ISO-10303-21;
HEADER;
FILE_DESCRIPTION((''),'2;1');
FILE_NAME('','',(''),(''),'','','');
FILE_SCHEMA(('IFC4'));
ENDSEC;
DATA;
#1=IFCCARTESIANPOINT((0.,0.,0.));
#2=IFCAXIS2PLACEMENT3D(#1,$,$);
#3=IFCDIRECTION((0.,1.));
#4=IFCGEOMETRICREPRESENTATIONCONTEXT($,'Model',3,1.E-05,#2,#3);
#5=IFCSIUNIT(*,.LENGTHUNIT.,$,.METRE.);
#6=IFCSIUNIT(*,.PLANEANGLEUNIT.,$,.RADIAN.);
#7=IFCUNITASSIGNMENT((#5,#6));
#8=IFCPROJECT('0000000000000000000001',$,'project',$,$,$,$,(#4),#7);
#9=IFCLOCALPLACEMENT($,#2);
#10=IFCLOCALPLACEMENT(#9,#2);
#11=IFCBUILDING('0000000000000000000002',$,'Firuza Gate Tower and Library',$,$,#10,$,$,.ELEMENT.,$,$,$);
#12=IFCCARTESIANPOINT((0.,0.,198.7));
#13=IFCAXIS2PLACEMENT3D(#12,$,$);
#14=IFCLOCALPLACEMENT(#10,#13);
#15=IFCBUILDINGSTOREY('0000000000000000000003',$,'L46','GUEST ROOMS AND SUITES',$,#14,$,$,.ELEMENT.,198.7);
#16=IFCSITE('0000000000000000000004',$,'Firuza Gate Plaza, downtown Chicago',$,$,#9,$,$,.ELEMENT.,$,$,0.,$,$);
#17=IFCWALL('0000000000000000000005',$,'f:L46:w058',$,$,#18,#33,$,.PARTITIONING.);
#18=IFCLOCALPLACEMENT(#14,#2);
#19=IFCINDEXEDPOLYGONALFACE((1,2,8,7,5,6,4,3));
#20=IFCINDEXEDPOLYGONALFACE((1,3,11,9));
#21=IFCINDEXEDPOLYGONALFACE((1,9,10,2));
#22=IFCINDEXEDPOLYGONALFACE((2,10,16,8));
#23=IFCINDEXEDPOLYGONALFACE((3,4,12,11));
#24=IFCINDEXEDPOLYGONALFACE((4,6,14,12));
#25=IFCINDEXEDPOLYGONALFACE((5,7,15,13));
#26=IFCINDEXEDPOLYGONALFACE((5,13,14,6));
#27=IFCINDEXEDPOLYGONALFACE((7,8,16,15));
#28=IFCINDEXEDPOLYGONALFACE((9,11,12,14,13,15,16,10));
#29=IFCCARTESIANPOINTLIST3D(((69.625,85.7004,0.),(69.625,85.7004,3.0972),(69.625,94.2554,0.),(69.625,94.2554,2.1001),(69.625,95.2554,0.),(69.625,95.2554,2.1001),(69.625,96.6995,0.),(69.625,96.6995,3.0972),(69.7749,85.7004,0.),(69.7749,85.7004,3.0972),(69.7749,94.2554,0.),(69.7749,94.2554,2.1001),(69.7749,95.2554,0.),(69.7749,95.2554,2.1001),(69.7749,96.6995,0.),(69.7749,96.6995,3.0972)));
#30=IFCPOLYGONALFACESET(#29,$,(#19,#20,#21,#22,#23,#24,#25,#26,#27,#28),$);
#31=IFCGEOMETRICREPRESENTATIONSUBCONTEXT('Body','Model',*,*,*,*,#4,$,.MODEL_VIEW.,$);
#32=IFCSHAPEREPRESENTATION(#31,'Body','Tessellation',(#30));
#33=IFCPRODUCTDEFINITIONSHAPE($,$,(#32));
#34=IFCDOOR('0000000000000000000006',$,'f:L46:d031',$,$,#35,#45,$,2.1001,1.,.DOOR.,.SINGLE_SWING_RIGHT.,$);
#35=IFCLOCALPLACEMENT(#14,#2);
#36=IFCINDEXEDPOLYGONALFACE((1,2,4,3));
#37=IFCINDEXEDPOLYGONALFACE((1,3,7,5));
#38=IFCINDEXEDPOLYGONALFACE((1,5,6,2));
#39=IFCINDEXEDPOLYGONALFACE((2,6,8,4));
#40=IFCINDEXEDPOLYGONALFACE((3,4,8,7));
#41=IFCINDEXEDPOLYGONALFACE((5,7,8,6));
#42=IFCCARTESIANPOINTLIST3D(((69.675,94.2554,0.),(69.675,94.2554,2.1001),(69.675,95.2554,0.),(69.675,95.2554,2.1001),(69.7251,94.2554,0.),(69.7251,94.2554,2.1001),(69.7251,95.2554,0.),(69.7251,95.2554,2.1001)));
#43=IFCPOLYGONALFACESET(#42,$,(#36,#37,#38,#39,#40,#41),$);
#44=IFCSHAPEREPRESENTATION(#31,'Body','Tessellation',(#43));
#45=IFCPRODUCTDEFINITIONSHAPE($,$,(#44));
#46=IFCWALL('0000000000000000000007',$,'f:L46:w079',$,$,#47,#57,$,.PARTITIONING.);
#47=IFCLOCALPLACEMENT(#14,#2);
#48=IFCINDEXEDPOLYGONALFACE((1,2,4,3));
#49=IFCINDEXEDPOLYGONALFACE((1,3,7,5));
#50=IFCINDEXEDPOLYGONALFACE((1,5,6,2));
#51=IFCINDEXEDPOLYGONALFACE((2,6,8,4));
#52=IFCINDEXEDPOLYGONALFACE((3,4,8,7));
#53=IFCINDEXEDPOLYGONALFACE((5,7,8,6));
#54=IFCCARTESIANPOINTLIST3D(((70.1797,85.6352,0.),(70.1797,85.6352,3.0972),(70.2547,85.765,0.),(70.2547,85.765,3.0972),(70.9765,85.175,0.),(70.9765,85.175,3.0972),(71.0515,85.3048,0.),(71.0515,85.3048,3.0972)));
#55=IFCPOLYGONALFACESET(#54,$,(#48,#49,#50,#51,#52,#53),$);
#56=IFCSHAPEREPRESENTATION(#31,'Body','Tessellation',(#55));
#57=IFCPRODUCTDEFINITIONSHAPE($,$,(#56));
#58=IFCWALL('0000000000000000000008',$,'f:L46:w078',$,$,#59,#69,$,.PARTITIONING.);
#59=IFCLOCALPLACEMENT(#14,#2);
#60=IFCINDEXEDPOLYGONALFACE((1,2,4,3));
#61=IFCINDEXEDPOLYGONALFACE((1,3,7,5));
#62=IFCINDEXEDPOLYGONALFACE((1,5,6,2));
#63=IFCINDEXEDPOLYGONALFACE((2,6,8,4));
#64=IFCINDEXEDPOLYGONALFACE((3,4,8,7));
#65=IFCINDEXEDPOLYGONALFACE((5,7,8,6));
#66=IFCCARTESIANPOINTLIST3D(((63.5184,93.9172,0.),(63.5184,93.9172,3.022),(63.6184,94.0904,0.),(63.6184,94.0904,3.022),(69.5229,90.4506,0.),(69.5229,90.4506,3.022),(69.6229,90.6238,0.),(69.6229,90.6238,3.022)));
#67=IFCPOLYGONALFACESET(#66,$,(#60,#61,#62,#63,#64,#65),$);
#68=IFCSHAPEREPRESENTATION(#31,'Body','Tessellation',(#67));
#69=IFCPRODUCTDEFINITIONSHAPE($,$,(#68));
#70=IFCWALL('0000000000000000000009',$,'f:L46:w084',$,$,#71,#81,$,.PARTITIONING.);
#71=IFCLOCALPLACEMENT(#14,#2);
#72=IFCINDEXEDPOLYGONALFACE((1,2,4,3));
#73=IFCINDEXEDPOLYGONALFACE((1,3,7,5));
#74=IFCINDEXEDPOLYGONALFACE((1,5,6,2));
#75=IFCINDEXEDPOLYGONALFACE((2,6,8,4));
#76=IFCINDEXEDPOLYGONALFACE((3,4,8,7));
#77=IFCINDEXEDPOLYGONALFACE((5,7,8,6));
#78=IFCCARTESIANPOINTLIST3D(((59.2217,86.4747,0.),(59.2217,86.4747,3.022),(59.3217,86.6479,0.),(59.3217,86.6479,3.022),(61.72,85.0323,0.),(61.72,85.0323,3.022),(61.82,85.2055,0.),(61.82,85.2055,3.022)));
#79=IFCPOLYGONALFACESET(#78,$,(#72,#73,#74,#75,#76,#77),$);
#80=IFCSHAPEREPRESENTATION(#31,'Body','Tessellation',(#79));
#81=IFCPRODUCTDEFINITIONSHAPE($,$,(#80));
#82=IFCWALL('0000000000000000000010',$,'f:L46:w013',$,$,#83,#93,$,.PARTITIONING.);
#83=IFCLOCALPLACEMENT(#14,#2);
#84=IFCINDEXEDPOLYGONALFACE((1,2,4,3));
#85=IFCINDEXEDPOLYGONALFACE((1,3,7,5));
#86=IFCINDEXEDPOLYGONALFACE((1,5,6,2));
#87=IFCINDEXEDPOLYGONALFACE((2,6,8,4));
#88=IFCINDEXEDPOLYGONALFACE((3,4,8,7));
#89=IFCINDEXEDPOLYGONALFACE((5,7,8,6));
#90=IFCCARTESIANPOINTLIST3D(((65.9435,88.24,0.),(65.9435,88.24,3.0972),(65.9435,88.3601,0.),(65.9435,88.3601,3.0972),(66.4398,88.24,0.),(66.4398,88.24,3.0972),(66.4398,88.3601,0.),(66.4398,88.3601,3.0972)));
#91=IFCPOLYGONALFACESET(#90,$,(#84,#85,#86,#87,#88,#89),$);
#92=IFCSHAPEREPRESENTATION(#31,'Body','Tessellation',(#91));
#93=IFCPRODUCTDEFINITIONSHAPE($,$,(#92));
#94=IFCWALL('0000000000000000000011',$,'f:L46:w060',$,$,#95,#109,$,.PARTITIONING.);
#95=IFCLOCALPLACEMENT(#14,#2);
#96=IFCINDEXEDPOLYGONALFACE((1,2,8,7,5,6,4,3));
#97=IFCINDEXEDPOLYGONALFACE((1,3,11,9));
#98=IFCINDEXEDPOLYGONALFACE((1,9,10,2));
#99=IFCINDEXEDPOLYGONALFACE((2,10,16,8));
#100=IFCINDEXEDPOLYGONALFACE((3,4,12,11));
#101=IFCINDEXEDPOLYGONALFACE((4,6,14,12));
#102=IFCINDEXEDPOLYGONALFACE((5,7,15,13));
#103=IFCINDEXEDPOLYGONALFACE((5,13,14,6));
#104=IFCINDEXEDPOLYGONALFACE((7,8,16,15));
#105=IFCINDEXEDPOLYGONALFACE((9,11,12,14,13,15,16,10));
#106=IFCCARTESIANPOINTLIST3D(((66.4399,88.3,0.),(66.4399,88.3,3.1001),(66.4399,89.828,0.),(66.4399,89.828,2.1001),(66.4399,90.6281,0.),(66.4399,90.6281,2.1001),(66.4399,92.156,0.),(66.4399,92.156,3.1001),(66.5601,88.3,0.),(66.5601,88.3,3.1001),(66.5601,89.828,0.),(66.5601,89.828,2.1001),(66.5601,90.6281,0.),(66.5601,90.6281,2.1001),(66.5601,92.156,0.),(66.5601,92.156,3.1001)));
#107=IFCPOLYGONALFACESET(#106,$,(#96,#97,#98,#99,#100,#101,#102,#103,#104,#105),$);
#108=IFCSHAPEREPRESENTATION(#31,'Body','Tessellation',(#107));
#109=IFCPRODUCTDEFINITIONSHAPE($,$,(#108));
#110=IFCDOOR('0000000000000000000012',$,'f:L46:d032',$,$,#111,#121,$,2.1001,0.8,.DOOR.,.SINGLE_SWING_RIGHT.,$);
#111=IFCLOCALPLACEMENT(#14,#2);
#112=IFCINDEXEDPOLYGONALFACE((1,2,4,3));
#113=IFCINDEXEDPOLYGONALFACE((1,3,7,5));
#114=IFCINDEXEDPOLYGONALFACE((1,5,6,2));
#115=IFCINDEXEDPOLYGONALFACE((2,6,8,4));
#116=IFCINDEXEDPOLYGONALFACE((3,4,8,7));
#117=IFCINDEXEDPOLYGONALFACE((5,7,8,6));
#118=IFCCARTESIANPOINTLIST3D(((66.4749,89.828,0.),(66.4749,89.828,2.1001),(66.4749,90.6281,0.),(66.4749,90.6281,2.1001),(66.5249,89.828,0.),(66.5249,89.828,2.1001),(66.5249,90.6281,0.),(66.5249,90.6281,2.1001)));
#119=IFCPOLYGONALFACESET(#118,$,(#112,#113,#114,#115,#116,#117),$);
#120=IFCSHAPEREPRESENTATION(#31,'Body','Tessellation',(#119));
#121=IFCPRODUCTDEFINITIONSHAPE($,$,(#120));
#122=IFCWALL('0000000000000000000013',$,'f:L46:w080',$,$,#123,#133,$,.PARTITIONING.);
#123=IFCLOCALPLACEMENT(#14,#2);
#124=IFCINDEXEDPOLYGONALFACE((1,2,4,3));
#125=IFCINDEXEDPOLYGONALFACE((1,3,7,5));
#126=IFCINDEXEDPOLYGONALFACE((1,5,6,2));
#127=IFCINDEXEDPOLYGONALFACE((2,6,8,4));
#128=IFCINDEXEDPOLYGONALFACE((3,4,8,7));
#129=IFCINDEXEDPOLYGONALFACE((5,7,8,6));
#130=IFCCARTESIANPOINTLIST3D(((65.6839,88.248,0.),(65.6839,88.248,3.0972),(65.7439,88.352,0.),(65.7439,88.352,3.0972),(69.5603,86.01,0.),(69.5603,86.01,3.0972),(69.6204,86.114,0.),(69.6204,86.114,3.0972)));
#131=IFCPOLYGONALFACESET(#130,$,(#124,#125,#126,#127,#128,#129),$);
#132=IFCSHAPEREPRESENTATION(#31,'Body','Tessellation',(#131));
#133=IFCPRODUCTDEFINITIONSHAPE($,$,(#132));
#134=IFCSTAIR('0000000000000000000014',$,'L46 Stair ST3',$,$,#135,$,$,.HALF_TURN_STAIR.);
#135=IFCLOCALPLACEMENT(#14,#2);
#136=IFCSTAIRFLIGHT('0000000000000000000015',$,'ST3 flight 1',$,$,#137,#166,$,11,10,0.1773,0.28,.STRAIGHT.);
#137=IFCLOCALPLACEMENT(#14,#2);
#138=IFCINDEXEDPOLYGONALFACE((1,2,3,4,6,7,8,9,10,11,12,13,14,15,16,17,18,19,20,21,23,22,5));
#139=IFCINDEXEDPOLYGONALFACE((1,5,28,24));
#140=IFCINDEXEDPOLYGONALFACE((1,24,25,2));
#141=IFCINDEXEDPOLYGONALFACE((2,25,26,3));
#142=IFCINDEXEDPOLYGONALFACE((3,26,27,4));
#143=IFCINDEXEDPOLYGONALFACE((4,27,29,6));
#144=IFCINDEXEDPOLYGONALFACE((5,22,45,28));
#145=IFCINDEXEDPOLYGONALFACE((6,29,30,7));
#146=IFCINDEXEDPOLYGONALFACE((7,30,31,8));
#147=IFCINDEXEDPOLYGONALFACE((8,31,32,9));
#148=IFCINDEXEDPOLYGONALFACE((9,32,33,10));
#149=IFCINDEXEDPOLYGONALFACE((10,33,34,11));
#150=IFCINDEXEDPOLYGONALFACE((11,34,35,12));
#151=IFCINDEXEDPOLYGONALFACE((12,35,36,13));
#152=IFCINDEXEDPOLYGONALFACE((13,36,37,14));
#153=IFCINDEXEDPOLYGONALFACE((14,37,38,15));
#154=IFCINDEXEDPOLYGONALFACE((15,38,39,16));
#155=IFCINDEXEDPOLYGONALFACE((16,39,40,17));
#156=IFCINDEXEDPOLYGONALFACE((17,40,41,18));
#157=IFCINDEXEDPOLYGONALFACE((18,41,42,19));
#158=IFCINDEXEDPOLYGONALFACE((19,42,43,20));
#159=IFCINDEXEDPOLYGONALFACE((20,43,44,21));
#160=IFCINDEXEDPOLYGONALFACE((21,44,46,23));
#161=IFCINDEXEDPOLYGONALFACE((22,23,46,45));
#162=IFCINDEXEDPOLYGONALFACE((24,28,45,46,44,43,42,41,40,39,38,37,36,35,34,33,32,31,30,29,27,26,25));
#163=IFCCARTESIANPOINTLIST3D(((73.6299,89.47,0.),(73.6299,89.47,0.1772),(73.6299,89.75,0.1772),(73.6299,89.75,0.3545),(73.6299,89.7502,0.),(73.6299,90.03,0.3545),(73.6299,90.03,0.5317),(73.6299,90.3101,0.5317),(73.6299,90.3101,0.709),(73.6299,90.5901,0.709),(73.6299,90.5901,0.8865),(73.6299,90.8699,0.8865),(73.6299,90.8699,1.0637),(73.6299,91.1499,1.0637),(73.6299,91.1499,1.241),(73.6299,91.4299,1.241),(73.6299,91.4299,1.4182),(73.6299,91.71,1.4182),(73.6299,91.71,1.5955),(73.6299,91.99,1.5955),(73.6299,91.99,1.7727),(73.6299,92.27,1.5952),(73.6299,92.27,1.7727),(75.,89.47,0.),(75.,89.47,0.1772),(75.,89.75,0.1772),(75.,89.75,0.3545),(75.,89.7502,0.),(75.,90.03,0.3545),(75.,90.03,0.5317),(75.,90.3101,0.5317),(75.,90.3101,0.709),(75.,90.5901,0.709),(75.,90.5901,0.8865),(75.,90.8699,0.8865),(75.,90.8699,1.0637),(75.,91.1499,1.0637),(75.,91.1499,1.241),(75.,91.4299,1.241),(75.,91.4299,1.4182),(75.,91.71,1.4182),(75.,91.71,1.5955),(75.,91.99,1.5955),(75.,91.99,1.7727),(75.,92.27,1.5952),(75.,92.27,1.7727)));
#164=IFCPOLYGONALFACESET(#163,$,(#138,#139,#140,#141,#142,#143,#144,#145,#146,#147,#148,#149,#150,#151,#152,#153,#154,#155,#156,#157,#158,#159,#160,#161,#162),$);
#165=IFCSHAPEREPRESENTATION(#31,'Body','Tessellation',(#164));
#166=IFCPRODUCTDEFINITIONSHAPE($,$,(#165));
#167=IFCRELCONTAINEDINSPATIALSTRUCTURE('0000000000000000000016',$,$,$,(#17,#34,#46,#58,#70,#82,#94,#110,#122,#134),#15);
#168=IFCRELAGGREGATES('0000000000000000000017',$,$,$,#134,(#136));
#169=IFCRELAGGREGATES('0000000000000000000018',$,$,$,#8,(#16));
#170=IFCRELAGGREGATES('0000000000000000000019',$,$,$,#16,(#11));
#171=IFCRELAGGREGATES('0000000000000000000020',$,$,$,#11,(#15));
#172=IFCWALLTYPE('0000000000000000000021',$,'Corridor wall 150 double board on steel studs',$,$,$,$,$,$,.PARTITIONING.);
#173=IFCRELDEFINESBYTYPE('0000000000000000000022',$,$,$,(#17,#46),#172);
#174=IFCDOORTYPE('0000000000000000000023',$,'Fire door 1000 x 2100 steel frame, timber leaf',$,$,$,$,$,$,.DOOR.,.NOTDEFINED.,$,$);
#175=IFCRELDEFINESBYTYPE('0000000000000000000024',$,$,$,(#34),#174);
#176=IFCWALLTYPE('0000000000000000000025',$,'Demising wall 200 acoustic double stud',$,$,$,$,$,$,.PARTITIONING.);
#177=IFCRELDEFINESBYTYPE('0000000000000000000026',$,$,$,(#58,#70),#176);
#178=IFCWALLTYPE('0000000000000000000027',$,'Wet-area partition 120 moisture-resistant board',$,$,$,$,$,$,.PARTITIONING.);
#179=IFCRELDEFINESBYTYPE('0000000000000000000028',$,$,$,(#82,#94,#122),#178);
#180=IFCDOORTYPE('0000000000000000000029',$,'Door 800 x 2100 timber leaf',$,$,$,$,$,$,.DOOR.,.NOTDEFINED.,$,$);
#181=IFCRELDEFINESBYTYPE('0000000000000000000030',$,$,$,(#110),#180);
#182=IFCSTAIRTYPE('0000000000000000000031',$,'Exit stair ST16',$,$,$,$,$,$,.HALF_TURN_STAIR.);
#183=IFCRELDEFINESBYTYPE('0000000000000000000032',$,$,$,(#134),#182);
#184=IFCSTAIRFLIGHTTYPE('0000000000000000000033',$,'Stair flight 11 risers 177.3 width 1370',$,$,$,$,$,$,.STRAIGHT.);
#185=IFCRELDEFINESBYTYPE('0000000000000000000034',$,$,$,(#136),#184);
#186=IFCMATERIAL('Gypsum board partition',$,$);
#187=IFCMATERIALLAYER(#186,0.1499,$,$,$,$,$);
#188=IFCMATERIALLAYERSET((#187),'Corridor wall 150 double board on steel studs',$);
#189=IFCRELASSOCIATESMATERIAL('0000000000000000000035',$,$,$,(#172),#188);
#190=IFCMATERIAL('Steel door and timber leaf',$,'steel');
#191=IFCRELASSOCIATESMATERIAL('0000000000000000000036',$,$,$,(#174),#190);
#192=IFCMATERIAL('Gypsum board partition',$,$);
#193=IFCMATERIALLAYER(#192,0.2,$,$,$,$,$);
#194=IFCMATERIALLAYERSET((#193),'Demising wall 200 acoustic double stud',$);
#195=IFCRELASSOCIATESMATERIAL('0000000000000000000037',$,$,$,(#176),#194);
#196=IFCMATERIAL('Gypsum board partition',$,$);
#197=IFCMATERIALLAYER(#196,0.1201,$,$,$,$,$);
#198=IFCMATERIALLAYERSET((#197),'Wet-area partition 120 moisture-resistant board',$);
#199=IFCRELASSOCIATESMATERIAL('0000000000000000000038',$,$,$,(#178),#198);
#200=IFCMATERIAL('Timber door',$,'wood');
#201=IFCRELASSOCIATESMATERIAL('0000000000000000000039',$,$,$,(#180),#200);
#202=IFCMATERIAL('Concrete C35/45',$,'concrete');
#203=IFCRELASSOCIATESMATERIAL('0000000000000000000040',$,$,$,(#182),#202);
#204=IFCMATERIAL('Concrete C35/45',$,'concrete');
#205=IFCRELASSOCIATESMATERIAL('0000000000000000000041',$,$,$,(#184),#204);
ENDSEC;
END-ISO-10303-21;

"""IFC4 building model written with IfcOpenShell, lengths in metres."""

from ifc_helpers import new_model, si_unit, direction, frame, frame_2d, origin, place, context, subcontext, project, spatial, polyline, rectangle, outline, extrude, material, layer, layer_set, type_object, element, fill, aggregate, save


model = new_model("IFC4")

# Units and contexts
model_context = context("Model", 3, precision=1e-05, world=origin(), true_north=direction((0.0, 1.0)))
body_context = subcontext(model_context, "Body", "Model", "MODEL_VIEW")
ifc_project = project(units=[si_unit("LENGTHUNIT", "METRE"), si_unit("PLANEANGLEUNIT", "RADIAN")], contexts=[model_context])

# Site, building, storey
site_placement = place(None, origin())
site = spatial("IfcSite", under=ifc_project, at=site_placement, Name="Firuza Gate Plaza, downtown Chicago", CompositionType="ELEMENT", RefElevation=0.0)
building_placement = place(site_placement, origin())
building = spatial("IfcBuilding", under=site, at=building_placement, Name="Firuza Gate Tower and Library", CompositionType="ELEMENT")
storey_placement = place(building_placement, frame((0.0, 0.0, 198.7)))
storey = spatial("IfcBuildingStorey", under=building, at=storey_placement, Name="L46", Description="GUEST ROOMS AND SUITES", CompositionType="ELEMENT", Elevation=198.7)

# Shared definitions
ifc_material_1 = material(Name="Gypsum board partition")
ifc_layer_1 = layer(ifc_material_1, 0.1499)
ifc_layer_set_1 = layer_set([ifc_layer_1], Name="Corridor wall 150 double board on steel studs")
wall_type_1 = type_object("IfcWallType", Name="Corridor wall 150 double board on steel studs", PredefinedType="PARTITIONING", material=ifc_layer_set_1)
ifc_material_2 = material(Name="Steel door and timber leaf", Category="steel")
door_type_1 = type_object("IfcDoorType", Name="Fire door 1000 x 2100 steel frame, timber leaf", OperationType="NOTDEFINED", PredefinedType="DOOR", material=ifc_material_2)

# Wall, opening, door
wall_1_placement = place(storey_placement, frame((69.7, 85.7004, 0.0), z_axis=(0.0, 0.0, 1.0), x_axis=(0.0, 1.0, 0.0)))
wall_1 = element("IfcWall", 1, at=wall_1_placement, inside=storey, type_object=wall_type_1, Name="f:L46:w058", PredefinedType="PARTITIONING", context=body_context, shape_type="SweptSolid", body=[
    extrude(rectangle(XDim=10.999, YDim=0.1499, at=frame_2d((5.4995, 0.0))), origin(), (0.0, 0.0, 1.0), 3.0972),
])
opening_1_placement = place(wall_1_placement, frame((8.5549, 0.0, 0.0)))
opening_1 = element("IfcOpeningElement", 2, at=opening_1_placement, cuts=wall_1, PredefinedType="OPENING", context=body_context, shape_type="SweptSolid", body=[
    extrude(rectangle(XDim=1.0, YDim=2.1001, at=frame_2d((0.5, 1.05))), frame((0.0, 0.085, 0.0), z_axis=(0.0, -1.0, 0.0), x_axis=(1.0, 0.0, 0.0)), (0.0, 0.0, 1.0), 0.1699),
])
door_1_placement = place(opening_1_placement, origin())
door_1 = element("IfcDoor", 3, at=door_1_placement, inside=storey, type_object=door_type_1, Name="f:L46:d031", OperationType="SINGLE_SWING_RIGHT", OverallHeight=2.1001, OverallWidth=1.0, PredefinedType="DOOR", context=body_context, shape_type="SweptSolid", body=[
    extrude(rectangle(XDim=1.0, YDim=2.1001, at=frame_2d((0.5, 1.05))), frame((0.0, 0.0249, 0.0), z_axis=(0.0, -1.0, 0.0), x_axis=(1.0, 0.0, 0.0)), (0.0, 0.0, 1.0), 0.05),
])
fill(opening_1, door_1)

# Walls
wall_2_placement = place(storey_placement, frame((71.0139, 85.24, 0.0), z_axis=(0.0, 0.0, 1.0), x_axis=(-0.865965, 0.500105, 0.0)))
element("IfcWall", 4, at=wall_2_placement, inside=storey, type_object=wall_type_1, Name="f:L46:w079", PredefinedType="PARTITIONING", context=body_context, shape_type="SweptSolid", body=[
    extrude(rectangle(XDim=0.9202, YDim=0.1499, at=frame_2d((0.46, 0.0))), origin(), (0.0, 0.0, 1.0), 3.0972),
])
ifc_material_3 = material(Name="Gypsum board partition")
ifc_layer_2 = layer(ifc_material_3, 0.2)
ifc_layer_set_2 = layer_set([ifc_layer_2], Name="Demising wall 200 acoustic double stud")
wall_type_2 = type_object("IfcWallType", Name="Demising wall 200 acoustic double stud", PredefinedType="PARTITIONING", material=ifc_layer_set_2)
wall_3_placement = place(storey_placement, frame((69.573, 90.5371, 0.0), z_axis=(0.0, 0.0, 1.0), x_axis=(-0.866031, 0.499991, 0.0)))
element("IfcWall", 5, at=wall_3_placement, inside=storey, type_object=wall_type_2, Name="f:L46:w078", PredefinedType="PARTITIONING", context=body_context, shape_type="SweptSolid", body=[
    extrude(rectangle(XDim=6.9333, YDim=0.2, at=frame_2d((3.4668, 0.0))), origin(), (0.0, 0.0, 1.0), 3.022),
])
wall_4_placement = place(storey_placement, frame((61.77, 85.1189, 0.0), z_axis=(0.0, 0.0, 1.0), x_axis=(-0.866026, 0.499998, 0.0)))
element("IfcWall", 6, at=wall_4_placement, inside=storey, type_object=wall_type_2, Name="f:L46:w084", PredefinedType="PARTITIONING", context=body_context, shape_type="SweptSolid", body=[
    extrude(rectangle(XDim=2.8848, YDim=0.2, at=frame_2d((1.4424, 0.0))), origin(), (0.0, 0.0, 1.0), 3.022),
])
ifc_material_4 = material(Name="Gypsum board partition")
ifc_layer_3 = layer(ifc_material_4, 0.1201)
ifc_layer_set_3 = layer_set([ifc_layer_3], Name="Wet-area partition 120 moisture-resistant board")
wall_type_3 = type_object("IfcWallType", Name="Wet-area partition 120 moisture-resistant board", PredefinedType="PARTITIONING", material=ifc_layer_set_3)
wall_5_placement = place(storey_placement, frame((65.9436, 88.3, 0.0), z_axis=(0.0, 0.0, 1.0), x_axis=(1.0, 0.0, 0.0)))
element("IfcWall", 7, at=wall_5_placement, inside=storey, type_object=wall_type_3, Name="f:L46:w013", PredefinedType="PARTITIONING", context=body_context, shape_type="SweptSolid", body=[
    extrude(rectangle(XDim=0.4963, YDim=0.1201, at=frame_2d((0.248, 0.0))), origin(), (0.0, 0.0, 1.0), 3.0972),
])

# Wall, opening, door
wall_6_placement = place(storey_placement, frame((66.5, 92.156, 0.0), z_axis=(0.0, 0.0, 1.0), x_axis=(0.0, -1.0, 0.0)))
wall_6 = element("IfcWall", 8, at=wall_6_placement, inside=storey, type_object=wall_type_3, Name="f:L46:w060", PredefinedType="PARTITIONING", context=body_context, shape_type="SweptSolid", body=[
    extrude(rectangle(XDim=3.856, YDim=0.1201, at=frame_2d((1.928, 0.0))), origin(), (0.0, 0.0, 1.0), 3.1001),
])
opening_2_placement = place(wall_6_placement, frame((1.5281, 0.0, 0.0)))
opening_2 = element("IfcOpeningElement", 9, at=opening_2_placement, cuts=wall_6, PredefinedType="OPENING", context=body_context, shape_type="SweptSolid", body=[
    extrude(rectangle(XDim=0.8, YDim=2.1001, at=frame_2d((0.3999, 1.05))), frame((0.0, 0.0701, 0.0), z_axis=(0.0, -1.0, 0.0), x_axis=(1.0, 0.0, 0.0)), (0.0, 0.0, 1.0), 0.1401),
])
ifc_material_5 = material(Name="Timber door", Category="wood")
door_type_2 = type_object("IfcDoorType", Name="Door 800 x 2100 timber leaf", OperationType="NOTDEFINED", PredefinedType="DOOR", material=ifc_material_5)
door_2_placement = place(opening_2_placement, origin())
door_2 = element("IfcDoor", 10, at=door_2_placement, inside=storey, type_object=door_type_2, Name="f:L46:d032", OperationType="SINGLE_SWING_RIGHT", OverallHeight=2.1001, OverallWidth=0.8, PredefinedType="DOOR", context=body_context, shape_type="SweptSolid", body=[
    extrude(rectangle(XDim=0.8, YDim=2.1001, at=frame_2d((0.3999, 1.05))), frame((0.0, 0.0249, 0.0), z_axis=(0.0, -1.0, 0.0), x_axis=(1.0, 0.0, 0.0)), (0.0, 0.0, 1.0), 0.05),
])
fill(opening_2, door_2)

# Wall
wall_7_placement = place(storey_placement, frame((69.5903, 86.062, 0.0), z_axis=(0.0, 0.0, 1.0), x_axis=(-0.866029, 0.499993, 0.0)))
element("IfcWall", 11, at=wall_7_placement, inside=storey, type_object=wall_type_3, Name="f:L46:w080", PredefinedType="PARTITIONING", context=body_context, shape_type="SweptSolid", body=[
    extrude(rectangle(XDim=4.4761, YDim=0.1201, at=frame_2d((2.238, 0.0))), origin(), (0.0, 0.0, 1.0), 3.0972),
])

# Stair, stair flight
ifc_material_6 = material(Name="Concrete C35/45", Category="concrete")
stair_type = type_object("IfcStairType", Name="Exit stair ST16", PredefinedType="HALF_TURN_STAIR", material=ifc_material_6)
stair_placement = place(storey_placement, origin())
stair = element("IfcStair", 12, at=stair_placement, inside=storey, type_object=stair_type, Name="L46 Stair ST3", PredefinedType="HALF_TURN_STAIR")
ifc_material_7 = material(Name="Concrete C35/45", Category="concrete")
stair_flight_type = type_object("IfcStairFlightType", Name="Stair flight 11 risers 177.3 width 1370", PredefinedType="STRAIGHT", material=ifc_material_7)
stair_flight_placement = place(storey_placement, frame((74.3149, 89.47, 0.0), z_axis=(0.0, 0.0, 1.0), x_axis=(0.0, 1.0, 0.0)))
stair_flight = element("IfcStairFlight", 13, at=stair_flight_placement, type_object=stair_flight_type, Name="ST3 flight 1", NumberOfRisers=11, NumberOfTreads=10, PredefinedType="STRAIGHT", RiserHeight=0.1773, TreadLength=0.28, context=body_context, shape_type="SweptSolid", body=[
    extrude(outline(polyline([(0.0, 0.0), (0.0, 0.1772), (0.28, 0.1772), (0.28, 0.3545), (0.5601, 0.3545), (0.5601, 0.5317), (0.8401, 0.5317), (0.8401, 0.709), (1.1201, 0.709), (1.1201, 0.8865), (1.3999, 0.8865), (1.3999, 1.0637), (1.6799, 1.0637), (1.6799, 1.241), (1.96, 1.241), (1.96, 1.4182), (2.24, 1.4182), (2.24, 1.5955), (2.52, 1.5955), (2.52, 1.7727), (2.8, 1.7727), (2.8, 1.95), (2.8, 1.5952), (0.2803, 0.0), (0.0, 0.0)])), frame((0.0, 0.6851, 0.0), z_axis=(0.0, -1.0, 0.0), x_axis=(1.0, 0.0, 0.0)), (0.0, 0.0, 1.0), 1.3701),
])
aggregate(stair, [stair_flight])

save(model, "model.ifc")
